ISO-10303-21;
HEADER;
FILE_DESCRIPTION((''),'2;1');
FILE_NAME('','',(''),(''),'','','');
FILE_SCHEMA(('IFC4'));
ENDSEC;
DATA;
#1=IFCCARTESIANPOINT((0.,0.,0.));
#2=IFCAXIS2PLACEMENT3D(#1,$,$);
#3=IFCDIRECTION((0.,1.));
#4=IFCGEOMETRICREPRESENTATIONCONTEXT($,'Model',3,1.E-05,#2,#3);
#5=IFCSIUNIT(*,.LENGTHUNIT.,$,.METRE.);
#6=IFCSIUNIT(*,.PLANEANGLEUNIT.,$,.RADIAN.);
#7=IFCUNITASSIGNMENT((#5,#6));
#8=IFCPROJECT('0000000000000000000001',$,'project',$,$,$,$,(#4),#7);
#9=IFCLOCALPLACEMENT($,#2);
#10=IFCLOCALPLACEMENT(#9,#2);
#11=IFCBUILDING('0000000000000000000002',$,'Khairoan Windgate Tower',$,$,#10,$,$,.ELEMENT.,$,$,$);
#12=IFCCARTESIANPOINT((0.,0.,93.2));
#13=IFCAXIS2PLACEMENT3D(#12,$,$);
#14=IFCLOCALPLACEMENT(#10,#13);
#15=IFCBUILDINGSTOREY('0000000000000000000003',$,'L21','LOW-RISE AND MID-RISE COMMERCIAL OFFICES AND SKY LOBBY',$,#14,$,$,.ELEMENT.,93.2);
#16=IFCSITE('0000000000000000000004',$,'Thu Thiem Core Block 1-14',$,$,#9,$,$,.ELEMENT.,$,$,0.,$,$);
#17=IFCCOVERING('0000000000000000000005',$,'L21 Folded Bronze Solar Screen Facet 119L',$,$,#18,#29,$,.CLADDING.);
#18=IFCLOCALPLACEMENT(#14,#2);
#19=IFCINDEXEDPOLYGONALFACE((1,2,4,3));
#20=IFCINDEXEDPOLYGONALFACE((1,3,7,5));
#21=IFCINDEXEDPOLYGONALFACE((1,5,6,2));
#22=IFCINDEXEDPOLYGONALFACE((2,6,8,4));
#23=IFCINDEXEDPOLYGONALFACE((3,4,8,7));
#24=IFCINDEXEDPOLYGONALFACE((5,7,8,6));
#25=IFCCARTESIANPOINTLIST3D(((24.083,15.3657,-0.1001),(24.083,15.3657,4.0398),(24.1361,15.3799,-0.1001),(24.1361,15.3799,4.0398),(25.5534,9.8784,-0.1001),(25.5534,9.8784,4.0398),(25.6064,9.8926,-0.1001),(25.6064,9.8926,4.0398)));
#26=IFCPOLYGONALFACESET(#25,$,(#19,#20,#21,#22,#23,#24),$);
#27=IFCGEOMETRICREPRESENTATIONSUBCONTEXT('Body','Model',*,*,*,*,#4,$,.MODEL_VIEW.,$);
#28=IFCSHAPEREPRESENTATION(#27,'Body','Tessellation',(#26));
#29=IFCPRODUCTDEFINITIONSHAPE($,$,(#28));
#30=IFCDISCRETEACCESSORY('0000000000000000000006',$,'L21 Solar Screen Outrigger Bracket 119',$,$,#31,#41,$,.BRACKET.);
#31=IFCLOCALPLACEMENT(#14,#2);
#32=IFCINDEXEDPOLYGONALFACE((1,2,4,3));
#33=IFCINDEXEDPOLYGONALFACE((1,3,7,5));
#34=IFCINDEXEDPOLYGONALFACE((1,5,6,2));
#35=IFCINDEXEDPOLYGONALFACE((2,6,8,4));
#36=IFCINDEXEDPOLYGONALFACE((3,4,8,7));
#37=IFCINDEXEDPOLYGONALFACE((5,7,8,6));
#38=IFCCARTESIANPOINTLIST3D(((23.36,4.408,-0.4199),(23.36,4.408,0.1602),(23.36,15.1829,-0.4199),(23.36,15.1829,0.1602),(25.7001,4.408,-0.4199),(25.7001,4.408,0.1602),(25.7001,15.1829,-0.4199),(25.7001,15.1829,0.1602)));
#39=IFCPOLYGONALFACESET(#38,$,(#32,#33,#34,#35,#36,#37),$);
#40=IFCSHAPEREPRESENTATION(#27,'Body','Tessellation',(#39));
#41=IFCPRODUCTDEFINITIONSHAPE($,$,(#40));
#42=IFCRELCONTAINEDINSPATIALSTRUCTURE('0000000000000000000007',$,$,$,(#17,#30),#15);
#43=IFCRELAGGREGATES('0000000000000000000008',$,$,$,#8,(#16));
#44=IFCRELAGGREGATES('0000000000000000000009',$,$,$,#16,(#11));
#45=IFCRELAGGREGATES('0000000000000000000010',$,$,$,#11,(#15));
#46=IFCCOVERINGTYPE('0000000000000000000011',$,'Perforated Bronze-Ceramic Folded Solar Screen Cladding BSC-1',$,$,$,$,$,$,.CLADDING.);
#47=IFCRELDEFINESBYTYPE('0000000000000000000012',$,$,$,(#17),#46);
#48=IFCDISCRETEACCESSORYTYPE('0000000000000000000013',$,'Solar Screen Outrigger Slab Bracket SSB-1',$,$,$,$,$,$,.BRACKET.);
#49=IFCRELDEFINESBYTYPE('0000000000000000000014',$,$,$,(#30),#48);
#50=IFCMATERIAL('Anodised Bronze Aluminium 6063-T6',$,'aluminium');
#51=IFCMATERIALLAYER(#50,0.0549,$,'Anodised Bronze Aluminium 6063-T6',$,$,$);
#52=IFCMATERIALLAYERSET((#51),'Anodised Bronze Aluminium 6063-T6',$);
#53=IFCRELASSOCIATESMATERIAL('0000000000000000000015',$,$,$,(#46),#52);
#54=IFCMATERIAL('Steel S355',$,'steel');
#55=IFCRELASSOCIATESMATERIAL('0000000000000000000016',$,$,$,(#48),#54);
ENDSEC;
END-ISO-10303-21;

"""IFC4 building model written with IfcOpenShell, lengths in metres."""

from ifc_helpers import new_model, si_unit, direction, frame, origin, origin_2d, place, context, subcontext, project, spatial, rectangle, extrude, material, layer, layer_set, type_object, element, save


model = new_model("IFC4")

# Units and contexts
model_context = context("Model", 3, precision=1e-05, world=origin(), true_north=direction((0.0, 1.0)))
body_context = subcontext(model_context, "Body", "Model", "MODEL_VIEW")
ifc_project = project(units=[si_unit("LENGTHUNIT", "METRE"), si_unit("PLANEANGLEUNIT", "RADIAN")], contexts=[model_context])

# Site, building, storey
site_placement = place(None, origin())
site = spatial("IfcSite", under=ifc_project, at=site_placement, Name="Thu Thiem Core Block 1-14", CompositionType="ELEMENT", RefElevation=0.0)
building_placement = place(site_placement, origin())
building = spatial("IfcBuilding", under=site, at=building_placement, Name="Khairoan Windgate Tower", CompositionType="ELEMENT")
storey_placement = place(building_placement, frame((0.0, 0.0, 93.2)))
storey = spatial("IfcBuildingStorey", under=building, at=storey_placement, Name="L21", Description="LOW-RISE AND MID-RISE COMMERCIAL OFFICES AND SKY LOBBY", CompositionType="ELEMENT", Elevation=93.2)

# Covering
ifc_material_1 = material(Name="Anodised Bronze Aluminium 6063-T6", Category="aluminium")
ifc_layer_1 = layer(ifc_material_1, 0.0549, Name="Anodised Bronze Aluminium 6063-T6")
ifc_layer_set_1 = layer_set([ifc_layer_1], Name="Anodised Bronze Aluminium 6063-T6")
covering_type = type_object("IfcCoveringType", Name="Perforated Bronze-Ceramic Folded Solar Screen Cladding BSC-1", PredefinedType="CLADDING", material=ifc_layer_set_1)
covering_placement = place(storey_placement, frame((24.8447, 12.6292, -0.1001), z_axis=(0.0, 0.0, 1.0), x_axis=(0.258819, -0.965926, 0.0)))
element("IfcCovering", 1, at=covering_placement, inside=storey, type_object=covering_type, Name="L21 Folded Bronze Solar Screen Facet 119L", PredefinedType="CLADDING", context=body_context, shape_type="SweptSolid", body=[
    extrude(rectangle(XDim=5.6809, YDim=0.0549, at=origin_2d()), origin(), (0.0, 0.0, 1.0), 4.1399),
])

# Discrete accessory
ifc_material_2 = material(Name="Steel S355", Category="steel")
discrete_accessory_type = type_object("IfcDiscreteAccessoryType", Name="Solar Screen Outrigger Slab Bracket SSB-1", PredefinedType="BRACKET", material=ifc_material_2)
discrete_accessory_placement = place(storey_placement, frame((24.53, 9.7954, -0.4199), z_axis=(0.0, 0.0, 1.0), x_axis=(0.0, -1.0, 0.0)))
element("IfcDiscreteAccessory", 2, at=discrete_accessory_placement, inside=storey, type_object=discrete_accessory_type, Name="L21 Solar Screen Outrigger Bracket 119", PredefinedType="BRACKET", context=body_context, shape_type="SweptSolid", body=[
    extrude(rectangle(XDim=10.7749, YDim=2.3401, at=origin_2d()), origin(), (0.0, 0.0, 1.0), 0.5801),
])

save(model, "model.ifc")
